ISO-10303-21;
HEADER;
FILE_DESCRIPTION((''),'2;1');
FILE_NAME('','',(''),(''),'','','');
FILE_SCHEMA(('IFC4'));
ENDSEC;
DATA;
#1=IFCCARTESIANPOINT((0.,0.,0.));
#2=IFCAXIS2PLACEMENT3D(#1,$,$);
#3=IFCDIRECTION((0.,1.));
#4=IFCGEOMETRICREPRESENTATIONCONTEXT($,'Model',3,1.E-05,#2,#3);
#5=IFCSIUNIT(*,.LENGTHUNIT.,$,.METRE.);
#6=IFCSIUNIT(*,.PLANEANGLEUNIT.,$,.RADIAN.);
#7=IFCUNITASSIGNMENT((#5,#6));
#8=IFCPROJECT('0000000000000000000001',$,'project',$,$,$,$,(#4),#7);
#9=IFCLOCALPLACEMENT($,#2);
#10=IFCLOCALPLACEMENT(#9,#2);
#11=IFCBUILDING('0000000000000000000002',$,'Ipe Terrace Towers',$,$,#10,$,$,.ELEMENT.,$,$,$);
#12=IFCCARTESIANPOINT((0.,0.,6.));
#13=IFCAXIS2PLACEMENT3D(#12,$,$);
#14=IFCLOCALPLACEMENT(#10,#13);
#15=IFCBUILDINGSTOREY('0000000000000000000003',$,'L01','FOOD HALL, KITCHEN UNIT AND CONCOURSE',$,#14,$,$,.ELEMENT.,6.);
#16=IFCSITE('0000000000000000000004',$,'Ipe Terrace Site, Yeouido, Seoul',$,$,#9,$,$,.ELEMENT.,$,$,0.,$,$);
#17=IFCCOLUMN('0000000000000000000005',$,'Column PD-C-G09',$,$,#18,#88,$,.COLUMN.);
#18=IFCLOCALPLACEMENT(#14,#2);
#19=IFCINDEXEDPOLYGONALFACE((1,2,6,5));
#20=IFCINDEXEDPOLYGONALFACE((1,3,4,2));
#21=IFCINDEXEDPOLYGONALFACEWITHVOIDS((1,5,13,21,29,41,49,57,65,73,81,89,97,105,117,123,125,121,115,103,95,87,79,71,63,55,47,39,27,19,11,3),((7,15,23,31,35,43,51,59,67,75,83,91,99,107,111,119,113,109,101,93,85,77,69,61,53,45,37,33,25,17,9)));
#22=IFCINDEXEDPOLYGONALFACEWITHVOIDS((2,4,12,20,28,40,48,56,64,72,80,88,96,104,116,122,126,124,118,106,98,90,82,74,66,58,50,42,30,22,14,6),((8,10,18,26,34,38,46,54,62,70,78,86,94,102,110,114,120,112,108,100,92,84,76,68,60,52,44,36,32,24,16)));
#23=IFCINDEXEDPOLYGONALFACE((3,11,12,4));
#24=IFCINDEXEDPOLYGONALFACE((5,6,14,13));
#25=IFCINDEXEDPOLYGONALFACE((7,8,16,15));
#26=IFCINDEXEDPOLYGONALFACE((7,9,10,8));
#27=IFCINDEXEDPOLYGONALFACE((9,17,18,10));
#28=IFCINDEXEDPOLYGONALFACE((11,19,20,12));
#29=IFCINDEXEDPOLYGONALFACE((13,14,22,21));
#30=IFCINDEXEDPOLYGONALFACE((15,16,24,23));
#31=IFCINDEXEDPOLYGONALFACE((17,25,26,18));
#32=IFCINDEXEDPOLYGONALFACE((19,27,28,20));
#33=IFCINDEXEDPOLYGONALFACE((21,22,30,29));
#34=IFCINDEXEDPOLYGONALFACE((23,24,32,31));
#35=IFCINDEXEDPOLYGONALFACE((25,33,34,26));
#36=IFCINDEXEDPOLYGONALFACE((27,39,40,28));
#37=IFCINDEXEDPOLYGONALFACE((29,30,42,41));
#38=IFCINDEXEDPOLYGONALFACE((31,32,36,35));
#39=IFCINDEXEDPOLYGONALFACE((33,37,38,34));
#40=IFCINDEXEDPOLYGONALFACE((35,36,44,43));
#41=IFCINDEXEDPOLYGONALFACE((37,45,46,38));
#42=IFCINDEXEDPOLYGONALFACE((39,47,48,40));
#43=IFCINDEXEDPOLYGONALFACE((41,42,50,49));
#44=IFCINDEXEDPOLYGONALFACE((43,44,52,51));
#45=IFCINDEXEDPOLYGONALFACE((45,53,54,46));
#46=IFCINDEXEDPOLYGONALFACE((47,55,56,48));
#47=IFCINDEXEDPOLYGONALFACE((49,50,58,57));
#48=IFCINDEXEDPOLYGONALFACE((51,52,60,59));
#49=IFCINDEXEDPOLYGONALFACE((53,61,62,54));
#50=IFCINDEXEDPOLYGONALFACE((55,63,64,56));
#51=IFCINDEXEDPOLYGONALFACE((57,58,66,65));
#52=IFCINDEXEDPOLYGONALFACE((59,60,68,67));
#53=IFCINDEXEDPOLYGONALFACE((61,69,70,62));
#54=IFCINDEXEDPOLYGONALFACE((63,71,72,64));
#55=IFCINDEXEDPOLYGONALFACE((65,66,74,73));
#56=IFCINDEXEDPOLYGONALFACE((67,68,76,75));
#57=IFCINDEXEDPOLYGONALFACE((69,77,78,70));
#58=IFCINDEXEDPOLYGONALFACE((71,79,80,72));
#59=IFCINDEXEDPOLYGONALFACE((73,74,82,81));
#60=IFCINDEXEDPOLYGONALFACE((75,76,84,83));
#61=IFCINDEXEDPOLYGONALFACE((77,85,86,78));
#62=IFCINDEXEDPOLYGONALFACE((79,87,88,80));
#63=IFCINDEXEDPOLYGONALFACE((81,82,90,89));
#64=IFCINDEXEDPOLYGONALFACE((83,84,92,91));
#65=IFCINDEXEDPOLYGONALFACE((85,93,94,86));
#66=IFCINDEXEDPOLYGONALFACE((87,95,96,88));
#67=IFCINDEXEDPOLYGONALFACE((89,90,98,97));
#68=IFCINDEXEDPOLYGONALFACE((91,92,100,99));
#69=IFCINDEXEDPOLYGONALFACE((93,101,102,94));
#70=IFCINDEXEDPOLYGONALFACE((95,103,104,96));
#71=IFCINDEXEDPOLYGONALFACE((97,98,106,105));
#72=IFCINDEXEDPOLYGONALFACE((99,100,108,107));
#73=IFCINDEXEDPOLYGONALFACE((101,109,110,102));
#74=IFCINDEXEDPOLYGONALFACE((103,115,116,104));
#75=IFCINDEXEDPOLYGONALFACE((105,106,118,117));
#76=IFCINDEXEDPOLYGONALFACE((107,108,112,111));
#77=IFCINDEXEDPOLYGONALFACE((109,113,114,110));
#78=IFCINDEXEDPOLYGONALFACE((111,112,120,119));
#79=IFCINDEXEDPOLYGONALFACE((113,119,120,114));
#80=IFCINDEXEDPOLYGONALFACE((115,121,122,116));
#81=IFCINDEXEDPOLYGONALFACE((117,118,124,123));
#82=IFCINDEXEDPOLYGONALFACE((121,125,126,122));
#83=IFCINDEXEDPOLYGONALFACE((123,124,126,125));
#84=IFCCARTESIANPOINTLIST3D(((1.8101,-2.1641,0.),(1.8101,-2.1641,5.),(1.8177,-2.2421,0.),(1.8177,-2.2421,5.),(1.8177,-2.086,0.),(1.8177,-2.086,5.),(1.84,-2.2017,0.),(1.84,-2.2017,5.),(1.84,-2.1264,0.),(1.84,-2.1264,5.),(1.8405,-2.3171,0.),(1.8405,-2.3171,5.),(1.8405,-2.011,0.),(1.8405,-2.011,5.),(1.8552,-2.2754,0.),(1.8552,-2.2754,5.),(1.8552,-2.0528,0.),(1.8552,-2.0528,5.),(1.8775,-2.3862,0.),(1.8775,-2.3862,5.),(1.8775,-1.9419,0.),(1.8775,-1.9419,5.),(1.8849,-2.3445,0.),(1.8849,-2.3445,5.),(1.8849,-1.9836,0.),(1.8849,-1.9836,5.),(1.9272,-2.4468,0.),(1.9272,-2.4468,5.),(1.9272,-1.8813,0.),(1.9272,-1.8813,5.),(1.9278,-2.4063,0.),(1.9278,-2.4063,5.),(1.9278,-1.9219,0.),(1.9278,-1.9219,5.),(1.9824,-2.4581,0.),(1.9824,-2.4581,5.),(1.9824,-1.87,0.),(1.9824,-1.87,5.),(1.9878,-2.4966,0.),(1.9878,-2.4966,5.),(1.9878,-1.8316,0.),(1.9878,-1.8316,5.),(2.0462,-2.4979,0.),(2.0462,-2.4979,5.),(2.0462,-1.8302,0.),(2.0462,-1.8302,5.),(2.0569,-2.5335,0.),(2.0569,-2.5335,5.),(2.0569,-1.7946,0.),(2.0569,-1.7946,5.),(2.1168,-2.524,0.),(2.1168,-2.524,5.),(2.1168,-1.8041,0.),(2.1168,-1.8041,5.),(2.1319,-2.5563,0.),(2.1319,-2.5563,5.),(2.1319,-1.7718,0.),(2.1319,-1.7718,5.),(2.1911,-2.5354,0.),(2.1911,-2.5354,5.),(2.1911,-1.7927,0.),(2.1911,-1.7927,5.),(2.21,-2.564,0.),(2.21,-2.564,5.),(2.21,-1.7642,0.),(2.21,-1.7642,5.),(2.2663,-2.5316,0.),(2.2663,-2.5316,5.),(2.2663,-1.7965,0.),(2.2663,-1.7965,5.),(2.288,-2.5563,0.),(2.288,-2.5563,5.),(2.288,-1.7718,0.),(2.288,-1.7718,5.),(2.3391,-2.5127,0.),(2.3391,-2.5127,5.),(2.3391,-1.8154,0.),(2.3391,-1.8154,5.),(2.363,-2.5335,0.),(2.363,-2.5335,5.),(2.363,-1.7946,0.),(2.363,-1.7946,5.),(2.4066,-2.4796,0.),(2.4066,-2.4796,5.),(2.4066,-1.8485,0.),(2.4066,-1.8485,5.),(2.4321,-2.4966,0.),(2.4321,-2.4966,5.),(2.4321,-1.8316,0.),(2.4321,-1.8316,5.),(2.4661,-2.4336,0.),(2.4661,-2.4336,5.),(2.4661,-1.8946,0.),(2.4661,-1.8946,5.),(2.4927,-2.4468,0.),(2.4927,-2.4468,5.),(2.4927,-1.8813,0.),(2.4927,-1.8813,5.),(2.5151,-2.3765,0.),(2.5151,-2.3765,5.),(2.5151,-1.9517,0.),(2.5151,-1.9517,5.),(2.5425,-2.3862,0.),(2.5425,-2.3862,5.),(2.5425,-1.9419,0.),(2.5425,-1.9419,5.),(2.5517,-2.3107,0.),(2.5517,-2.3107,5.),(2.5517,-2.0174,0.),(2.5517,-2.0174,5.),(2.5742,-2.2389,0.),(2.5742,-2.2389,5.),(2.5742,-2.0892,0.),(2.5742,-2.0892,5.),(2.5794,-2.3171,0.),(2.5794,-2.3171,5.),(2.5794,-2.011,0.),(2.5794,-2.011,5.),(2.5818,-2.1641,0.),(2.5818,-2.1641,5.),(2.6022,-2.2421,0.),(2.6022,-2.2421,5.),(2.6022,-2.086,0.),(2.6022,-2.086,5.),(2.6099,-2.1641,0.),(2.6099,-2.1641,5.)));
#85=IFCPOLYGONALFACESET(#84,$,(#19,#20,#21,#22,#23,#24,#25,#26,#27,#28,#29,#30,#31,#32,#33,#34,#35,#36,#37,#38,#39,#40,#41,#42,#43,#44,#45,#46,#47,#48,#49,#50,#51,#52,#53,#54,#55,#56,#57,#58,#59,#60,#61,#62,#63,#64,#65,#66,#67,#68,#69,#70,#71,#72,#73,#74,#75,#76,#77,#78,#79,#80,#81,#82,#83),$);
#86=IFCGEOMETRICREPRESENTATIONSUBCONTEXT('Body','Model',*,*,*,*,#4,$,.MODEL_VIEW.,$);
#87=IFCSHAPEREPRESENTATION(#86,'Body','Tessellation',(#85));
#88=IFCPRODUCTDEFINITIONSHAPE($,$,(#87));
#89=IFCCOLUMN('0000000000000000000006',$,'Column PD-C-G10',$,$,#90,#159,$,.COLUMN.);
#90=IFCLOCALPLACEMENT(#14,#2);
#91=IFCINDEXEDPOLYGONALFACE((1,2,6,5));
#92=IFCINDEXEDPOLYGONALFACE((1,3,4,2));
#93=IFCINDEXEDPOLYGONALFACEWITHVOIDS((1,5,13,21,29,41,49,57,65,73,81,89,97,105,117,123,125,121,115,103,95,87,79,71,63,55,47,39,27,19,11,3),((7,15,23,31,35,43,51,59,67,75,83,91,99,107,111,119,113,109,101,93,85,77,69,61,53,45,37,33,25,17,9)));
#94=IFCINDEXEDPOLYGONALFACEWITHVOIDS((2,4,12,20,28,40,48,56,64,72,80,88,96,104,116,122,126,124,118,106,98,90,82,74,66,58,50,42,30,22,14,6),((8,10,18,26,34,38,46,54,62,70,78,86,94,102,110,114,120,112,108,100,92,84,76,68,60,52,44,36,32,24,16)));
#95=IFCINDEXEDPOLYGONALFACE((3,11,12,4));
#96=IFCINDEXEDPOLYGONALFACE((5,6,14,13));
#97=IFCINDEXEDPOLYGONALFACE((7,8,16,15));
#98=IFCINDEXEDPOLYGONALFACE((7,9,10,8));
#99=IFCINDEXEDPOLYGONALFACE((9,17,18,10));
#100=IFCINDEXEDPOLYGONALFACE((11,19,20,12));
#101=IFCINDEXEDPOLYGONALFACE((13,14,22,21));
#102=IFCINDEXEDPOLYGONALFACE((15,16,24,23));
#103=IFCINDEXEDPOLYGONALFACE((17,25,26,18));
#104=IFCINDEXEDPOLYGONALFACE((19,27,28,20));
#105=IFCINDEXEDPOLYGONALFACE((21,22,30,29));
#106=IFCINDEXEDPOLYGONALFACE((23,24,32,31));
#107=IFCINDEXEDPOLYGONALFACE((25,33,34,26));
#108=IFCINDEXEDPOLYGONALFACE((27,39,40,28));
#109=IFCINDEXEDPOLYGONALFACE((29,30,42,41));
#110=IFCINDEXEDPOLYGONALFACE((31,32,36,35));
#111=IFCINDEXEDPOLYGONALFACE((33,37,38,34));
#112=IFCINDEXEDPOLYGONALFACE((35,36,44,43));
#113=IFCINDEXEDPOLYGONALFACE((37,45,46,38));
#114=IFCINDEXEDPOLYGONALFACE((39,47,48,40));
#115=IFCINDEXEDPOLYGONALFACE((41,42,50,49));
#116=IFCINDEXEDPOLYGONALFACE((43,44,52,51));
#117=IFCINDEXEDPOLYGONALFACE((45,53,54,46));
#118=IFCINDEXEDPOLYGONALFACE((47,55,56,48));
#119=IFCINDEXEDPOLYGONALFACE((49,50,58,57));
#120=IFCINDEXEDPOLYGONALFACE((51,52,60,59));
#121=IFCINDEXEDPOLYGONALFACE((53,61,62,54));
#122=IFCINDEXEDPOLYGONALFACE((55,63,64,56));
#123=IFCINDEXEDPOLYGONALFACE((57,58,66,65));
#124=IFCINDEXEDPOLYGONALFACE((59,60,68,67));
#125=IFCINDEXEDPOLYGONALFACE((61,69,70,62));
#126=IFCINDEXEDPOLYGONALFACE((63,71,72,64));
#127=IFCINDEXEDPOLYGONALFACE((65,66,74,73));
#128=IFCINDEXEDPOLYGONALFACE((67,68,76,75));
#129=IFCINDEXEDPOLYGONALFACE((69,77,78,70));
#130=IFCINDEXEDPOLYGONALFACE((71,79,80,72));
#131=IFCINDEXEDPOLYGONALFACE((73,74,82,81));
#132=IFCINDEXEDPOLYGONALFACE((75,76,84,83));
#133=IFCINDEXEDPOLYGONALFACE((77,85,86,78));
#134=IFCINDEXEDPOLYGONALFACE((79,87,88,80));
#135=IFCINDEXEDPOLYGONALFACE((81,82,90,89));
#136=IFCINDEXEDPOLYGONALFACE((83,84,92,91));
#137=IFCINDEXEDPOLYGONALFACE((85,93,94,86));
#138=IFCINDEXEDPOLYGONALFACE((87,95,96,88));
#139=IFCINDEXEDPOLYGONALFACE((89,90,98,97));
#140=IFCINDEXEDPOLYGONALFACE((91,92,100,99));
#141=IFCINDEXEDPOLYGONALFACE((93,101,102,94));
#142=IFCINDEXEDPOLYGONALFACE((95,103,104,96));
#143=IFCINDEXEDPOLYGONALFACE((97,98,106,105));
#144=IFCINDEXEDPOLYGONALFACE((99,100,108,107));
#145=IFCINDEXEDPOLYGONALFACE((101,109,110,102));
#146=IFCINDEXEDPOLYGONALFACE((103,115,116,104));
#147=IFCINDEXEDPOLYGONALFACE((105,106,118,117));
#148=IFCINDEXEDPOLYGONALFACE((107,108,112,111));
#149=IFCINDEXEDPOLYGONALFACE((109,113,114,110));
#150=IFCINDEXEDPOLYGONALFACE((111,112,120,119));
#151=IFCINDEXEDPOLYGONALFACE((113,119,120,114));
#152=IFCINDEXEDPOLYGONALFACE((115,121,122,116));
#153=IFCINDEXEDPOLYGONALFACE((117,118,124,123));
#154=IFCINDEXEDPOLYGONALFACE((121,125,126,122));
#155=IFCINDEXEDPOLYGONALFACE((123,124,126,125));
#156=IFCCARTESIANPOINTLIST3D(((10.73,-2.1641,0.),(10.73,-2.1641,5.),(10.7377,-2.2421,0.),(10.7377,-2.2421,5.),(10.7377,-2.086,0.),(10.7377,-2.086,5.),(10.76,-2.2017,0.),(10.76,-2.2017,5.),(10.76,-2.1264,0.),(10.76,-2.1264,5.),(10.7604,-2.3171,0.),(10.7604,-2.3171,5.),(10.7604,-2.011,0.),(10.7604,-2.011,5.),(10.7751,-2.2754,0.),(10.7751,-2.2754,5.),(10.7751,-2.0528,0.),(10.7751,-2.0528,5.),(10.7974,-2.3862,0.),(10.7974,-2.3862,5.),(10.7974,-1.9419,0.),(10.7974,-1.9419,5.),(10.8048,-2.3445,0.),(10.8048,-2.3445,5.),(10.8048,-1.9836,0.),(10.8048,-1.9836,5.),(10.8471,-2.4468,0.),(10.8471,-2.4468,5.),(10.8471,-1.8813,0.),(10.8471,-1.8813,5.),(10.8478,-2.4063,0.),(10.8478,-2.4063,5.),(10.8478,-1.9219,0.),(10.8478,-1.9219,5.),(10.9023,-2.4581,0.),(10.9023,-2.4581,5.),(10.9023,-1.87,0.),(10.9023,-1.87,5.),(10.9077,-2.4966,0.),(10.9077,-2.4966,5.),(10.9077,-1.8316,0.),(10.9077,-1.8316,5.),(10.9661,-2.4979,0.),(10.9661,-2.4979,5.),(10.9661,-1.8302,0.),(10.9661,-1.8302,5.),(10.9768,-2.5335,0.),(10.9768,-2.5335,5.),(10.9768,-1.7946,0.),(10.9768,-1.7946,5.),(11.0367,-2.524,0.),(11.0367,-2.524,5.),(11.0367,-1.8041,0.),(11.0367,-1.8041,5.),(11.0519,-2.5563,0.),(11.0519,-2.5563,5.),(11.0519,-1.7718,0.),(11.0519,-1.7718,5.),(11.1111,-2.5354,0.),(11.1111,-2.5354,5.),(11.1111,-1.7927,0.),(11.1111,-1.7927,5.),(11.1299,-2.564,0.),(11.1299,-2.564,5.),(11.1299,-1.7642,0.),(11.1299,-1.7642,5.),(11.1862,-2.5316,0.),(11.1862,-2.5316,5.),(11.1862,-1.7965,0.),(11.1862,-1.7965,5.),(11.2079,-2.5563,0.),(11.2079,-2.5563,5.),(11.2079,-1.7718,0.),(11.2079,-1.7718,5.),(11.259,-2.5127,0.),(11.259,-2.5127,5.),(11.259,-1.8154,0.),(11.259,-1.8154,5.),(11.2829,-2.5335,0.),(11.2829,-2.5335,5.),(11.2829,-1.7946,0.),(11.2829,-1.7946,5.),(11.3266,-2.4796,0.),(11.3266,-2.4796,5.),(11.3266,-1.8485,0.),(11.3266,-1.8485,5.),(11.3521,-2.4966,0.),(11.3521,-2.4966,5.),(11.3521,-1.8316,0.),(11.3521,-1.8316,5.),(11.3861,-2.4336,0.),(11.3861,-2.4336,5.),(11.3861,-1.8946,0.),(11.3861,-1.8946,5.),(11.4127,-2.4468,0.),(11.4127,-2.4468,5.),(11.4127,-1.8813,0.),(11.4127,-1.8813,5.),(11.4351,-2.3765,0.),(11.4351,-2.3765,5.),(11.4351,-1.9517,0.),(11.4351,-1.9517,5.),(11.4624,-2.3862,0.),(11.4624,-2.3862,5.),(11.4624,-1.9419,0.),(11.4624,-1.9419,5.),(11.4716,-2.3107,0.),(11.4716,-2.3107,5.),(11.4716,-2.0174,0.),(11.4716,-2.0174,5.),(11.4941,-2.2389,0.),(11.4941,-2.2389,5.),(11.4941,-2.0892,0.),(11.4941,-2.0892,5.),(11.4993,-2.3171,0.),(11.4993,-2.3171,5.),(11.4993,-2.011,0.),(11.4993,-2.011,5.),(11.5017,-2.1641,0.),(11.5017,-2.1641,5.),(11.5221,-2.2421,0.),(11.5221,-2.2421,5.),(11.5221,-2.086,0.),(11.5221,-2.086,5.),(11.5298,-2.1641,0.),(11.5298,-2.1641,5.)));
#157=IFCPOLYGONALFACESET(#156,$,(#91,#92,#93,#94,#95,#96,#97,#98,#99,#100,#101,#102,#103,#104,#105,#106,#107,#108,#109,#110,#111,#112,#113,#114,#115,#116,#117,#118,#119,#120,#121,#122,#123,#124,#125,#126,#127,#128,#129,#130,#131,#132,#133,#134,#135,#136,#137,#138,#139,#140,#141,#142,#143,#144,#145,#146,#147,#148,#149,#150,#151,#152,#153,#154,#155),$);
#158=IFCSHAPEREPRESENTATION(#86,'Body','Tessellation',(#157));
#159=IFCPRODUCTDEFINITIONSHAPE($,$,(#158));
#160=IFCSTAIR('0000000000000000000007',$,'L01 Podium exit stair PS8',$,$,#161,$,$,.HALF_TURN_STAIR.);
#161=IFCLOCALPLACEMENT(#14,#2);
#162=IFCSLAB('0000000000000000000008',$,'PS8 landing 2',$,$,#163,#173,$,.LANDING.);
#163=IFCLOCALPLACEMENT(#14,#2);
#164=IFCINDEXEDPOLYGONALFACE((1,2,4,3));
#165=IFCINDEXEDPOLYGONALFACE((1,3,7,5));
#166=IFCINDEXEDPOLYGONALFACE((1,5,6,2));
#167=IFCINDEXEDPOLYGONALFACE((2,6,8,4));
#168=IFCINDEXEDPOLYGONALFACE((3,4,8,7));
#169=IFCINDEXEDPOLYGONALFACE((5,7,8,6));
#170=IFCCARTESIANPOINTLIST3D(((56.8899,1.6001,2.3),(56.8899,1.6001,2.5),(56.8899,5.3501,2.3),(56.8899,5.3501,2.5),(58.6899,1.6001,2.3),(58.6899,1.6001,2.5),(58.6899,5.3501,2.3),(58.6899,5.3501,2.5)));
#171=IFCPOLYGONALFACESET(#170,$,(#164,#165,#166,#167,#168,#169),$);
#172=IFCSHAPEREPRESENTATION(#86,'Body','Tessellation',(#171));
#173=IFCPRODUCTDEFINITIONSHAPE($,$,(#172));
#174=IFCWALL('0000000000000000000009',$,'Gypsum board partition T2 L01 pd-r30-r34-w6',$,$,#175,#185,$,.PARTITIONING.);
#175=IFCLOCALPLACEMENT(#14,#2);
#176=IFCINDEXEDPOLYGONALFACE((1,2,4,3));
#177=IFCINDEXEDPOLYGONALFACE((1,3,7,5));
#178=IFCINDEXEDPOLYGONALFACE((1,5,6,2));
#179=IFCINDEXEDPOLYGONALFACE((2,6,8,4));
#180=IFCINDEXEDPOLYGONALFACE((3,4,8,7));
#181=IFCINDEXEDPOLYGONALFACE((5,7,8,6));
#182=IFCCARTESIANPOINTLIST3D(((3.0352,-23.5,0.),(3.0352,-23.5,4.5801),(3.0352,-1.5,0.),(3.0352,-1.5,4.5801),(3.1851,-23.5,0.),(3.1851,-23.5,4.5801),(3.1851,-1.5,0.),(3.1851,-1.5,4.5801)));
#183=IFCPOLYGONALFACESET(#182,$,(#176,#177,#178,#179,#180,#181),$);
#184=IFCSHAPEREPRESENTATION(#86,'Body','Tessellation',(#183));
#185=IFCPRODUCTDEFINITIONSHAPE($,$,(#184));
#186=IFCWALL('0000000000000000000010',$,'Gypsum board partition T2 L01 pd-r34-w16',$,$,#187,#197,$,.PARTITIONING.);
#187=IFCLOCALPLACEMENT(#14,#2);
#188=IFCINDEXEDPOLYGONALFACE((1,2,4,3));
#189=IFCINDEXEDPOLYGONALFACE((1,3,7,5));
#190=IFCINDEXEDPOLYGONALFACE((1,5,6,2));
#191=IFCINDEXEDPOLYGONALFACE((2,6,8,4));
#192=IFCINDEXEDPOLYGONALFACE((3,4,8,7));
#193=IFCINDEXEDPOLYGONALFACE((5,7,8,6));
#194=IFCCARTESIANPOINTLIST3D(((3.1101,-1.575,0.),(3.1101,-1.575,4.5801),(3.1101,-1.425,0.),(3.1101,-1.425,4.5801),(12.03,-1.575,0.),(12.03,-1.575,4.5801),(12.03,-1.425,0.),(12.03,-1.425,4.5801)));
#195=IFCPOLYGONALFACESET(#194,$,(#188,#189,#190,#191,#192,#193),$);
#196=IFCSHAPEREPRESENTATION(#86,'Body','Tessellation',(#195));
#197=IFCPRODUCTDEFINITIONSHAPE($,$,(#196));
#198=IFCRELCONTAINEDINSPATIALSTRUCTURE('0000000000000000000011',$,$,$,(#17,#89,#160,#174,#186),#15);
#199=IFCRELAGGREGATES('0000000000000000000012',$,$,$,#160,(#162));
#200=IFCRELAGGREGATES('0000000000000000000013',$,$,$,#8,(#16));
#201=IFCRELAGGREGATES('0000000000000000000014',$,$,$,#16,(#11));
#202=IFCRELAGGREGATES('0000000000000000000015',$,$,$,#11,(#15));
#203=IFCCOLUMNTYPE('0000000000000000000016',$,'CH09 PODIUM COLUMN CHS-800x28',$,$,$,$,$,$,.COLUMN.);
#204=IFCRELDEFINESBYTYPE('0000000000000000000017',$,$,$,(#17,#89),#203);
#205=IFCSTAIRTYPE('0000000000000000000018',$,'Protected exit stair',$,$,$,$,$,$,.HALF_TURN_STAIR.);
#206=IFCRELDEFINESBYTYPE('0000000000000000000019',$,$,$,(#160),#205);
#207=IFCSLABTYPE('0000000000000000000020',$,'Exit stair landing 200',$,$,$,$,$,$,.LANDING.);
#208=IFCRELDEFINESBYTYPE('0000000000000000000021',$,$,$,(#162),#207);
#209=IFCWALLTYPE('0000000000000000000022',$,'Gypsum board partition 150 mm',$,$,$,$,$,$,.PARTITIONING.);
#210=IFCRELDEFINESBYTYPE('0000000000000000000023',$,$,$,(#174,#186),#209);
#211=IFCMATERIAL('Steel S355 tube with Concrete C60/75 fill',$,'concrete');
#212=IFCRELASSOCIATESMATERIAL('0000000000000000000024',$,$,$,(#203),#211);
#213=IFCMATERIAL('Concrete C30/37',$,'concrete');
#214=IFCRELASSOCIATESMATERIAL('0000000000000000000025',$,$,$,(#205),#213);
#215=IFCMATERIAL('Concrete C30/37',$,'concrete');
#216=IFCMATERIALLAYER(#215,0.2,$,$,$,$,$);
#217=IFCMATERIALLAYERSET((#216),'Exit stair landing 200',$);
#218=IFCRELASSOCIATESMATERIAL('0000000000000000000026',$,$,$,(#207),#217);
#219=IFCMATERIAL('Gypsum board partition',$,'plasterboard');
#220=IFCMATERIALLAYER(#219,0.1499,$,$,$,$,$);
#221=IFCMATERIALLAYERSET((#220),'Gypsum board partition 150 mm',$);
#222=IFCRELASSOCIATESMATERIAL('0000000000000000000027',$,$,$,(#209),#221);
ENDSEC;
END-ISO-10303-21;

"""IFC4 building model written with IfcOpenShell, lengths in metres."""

from ifc_helpers import new_model, si_unit, direction, frame, frame_2d, origin, origin_2d, place, context, subcontext, project, spatial, polyline, rectangle, hollow_circle, outline, extrude, material, layer, layer_set, material_profile, profile_set, type_object, element, aggregate, save


model = new_model("IFC4")

# Units and contexts
model_context = context("Model", 3, precision=1e-05, world=origin(), true_north=direction((0.0, 1.0)))
body_context = subcontext(model_context, "Body", "Model", "MODEL_VIEW")
ifc_project = project(units=[si_unit("LENGTHUNIT", "METRE"), si_unit("PLANEANGLEUNIT", "RADIAN")], contexts=[model_context])

# Site, building, storey
site_placement = place(None, origin())
site = spatial("IfcSite", under=ifc_project, at=site_placement, Name="Ipe Terrace Site, Yeouido, Seoul", CompositionType="ELEMENT", RefElevation=0.0)
building_placement = place(site_placement, origin())
building = spatial("IfcBuilding", under=site, at=building_placement, Name="Ipe Terrace Towers", CompositionType="ELEMENT")
storey_placement = place(building_placement, frame((0.0, 0.0, 6.0)))
storey = spatial("IfcBuildingStorey", under=building, at=storey_placement, Name="L01", Description="FOOD HALL, KITCHEN UNIT AND CONCOURSE", CompositionType="ELEMENT", Elevation=6.0)

# Columns
ifc_material_1 = material(Name="Steel S355 tube with Concrete C60/75 fill", Category="concrete")
ifc_material_profile_1 = material_profile(ifc_material_1, hollow_circle(Radius=0.3999, WallThickness=0.0281, at=origin_2d()), Name="CHS-800x28")
ifc_profile_set_1 = profile_set([ifc_material_profile_1], Name="Steel S355 tube with Concrete C60/75 fill")
column_type_1 = type_object("IfcColumnType", Name="CH09 PODIUM COLUMN CHS-800x28", PredefinedType="COLUMN", material=ifc_profile_set_1)
for number, where, z_axis, x_axis, name in (
    (1, (2.21, -2.1641, 0.0), (0.0, 0.0, 1.0), (1.0, 0.0, 0.0), "Column PD-C-G09"),
    (2, (11.1299, -2.1641, 0.0), (0.0, 0.0, 1.0), (1.0, 0.0, 0.0), "Column PD-C-G10"),
):
    element("IfcColumn", number, at=place(storey_placement, frame(where, z_axis=z_axis, x_axis=x_axis)), inside=storey, type_object=column_type_1, Name=name, PredefinedType="COLUMN", context=body_context, shape_type="SweptSolid", body=[
        extrude(hollow_circle(Radius=0.3999, WallThickness=0.0281, at=origin_2d()), origin(), (0.0, 0.0, 1.0), 5.0),
    ])

# Stair, slab
ifc_material_2 = material(Name="Concrete C30/37", Category="concrete")
stair_type = type_object("IfcStairType", Name="Protected exit stair", PredefinedType="HALF_TURN_STAIR", material=ifc_material_2)
stair_placement = place(storey_placement, origin())
stair = element("IfcStair", 3, at=stair_placement, inside=storey, type_object=stair_type, Name="L01 Podium exit stair PS8", PredefinedType="HALF_TURN_STAIR")
ifc_material_3 = material(Name="Concrete C30/37", Category="concrete")
ifc_layer_1 = layer(ifc_material_3, 0.2)
ifc_layer_set_1 = layer_set([ifc_layer_1], Name="Exit stair landing 200")
slab_type = type_object("IfcSlabType", Name="Exit stair landing 200", PredefinedType="LANDING", material=ifc_layer_set_1)
slab_placement = place(storey_placement, frame((0.0, 0.0, 2.3)))
slab = element("IfcSlab", 4, at=slab_placement, type_object=slab_type, Name="PS8 landing 2", PredefinedType="LANDING", context=body_context, shape_type="SweptSolid", body=[
    extrude(outline(polyline([(56.8899, 1.6001), (58.6899, 1.6001), (58.6899, 5.3501), (56.8899, 5.3501), (56.8899, 1.6001)])), origin(), (0.0, 0.0, 1.0), 0.2),
])
aggregate(stair, [slab])

# Walls
ifc_material_4 = material(Name="Gypsum board partition", Category="plasterboard")
ifc_layer_2 = layer(ifc_material_4, 0.1499)
ifc_layer_set_2 = layer_set([ifc_layer_2], Name="Gypsum board partition 150 mm")
wall_type_1 = type_object("IfcWallType", Name="Gypsum board partition 150 mm", PredefinedType="PARTITIONING", material=ifc_layer_set_2)
wall_1_placement = place(storey_placement, frame((3.1101, -1.5, 0.0), z_axis=(0.0, 0.0, 1.0), x_axis=(0.0, -1.0, 0.0)))
element("IfcWall", 5, at=wall_1_placement, inside=storey, type_object=wall_type_1, Name="Gypsum board partition T2 L01 pd-r30-r34-w6", PredefinedType="PARTITIONING", context=body_context, shape_type="SweptSolid", body=[
    extrude(rectangle(XDim=22.0, YDim=0.1499, at=frame_2d((11.0, 0.0))), origin(), (0.0, 0.0, 1.0), 4.5801),
])
wall_2_placement = place(storey_placement, frame((3.1101, -1.5, 0.0), z_axis=(0.0, 0.0, 1.0), x_axis=(1.0, 0.0, 0.0)))
element("IfcWall", 6, at=wall_2_placement, inside=storey, type_object=wall_type_1, Name="Gypsum board partition T2 L01 pd-r34-w16", PredefinedType="PARTITIONING", context=body_context, shape_type="SweptSolid", body=[
    extrude(rectangle(XDim=8.9199, YDim=0.1499, at=frame_2d((4.46, 0.0))), origin(), (0.0, 0.0, 1.0), 4.5801),
])

save(model, "model.ifc")
